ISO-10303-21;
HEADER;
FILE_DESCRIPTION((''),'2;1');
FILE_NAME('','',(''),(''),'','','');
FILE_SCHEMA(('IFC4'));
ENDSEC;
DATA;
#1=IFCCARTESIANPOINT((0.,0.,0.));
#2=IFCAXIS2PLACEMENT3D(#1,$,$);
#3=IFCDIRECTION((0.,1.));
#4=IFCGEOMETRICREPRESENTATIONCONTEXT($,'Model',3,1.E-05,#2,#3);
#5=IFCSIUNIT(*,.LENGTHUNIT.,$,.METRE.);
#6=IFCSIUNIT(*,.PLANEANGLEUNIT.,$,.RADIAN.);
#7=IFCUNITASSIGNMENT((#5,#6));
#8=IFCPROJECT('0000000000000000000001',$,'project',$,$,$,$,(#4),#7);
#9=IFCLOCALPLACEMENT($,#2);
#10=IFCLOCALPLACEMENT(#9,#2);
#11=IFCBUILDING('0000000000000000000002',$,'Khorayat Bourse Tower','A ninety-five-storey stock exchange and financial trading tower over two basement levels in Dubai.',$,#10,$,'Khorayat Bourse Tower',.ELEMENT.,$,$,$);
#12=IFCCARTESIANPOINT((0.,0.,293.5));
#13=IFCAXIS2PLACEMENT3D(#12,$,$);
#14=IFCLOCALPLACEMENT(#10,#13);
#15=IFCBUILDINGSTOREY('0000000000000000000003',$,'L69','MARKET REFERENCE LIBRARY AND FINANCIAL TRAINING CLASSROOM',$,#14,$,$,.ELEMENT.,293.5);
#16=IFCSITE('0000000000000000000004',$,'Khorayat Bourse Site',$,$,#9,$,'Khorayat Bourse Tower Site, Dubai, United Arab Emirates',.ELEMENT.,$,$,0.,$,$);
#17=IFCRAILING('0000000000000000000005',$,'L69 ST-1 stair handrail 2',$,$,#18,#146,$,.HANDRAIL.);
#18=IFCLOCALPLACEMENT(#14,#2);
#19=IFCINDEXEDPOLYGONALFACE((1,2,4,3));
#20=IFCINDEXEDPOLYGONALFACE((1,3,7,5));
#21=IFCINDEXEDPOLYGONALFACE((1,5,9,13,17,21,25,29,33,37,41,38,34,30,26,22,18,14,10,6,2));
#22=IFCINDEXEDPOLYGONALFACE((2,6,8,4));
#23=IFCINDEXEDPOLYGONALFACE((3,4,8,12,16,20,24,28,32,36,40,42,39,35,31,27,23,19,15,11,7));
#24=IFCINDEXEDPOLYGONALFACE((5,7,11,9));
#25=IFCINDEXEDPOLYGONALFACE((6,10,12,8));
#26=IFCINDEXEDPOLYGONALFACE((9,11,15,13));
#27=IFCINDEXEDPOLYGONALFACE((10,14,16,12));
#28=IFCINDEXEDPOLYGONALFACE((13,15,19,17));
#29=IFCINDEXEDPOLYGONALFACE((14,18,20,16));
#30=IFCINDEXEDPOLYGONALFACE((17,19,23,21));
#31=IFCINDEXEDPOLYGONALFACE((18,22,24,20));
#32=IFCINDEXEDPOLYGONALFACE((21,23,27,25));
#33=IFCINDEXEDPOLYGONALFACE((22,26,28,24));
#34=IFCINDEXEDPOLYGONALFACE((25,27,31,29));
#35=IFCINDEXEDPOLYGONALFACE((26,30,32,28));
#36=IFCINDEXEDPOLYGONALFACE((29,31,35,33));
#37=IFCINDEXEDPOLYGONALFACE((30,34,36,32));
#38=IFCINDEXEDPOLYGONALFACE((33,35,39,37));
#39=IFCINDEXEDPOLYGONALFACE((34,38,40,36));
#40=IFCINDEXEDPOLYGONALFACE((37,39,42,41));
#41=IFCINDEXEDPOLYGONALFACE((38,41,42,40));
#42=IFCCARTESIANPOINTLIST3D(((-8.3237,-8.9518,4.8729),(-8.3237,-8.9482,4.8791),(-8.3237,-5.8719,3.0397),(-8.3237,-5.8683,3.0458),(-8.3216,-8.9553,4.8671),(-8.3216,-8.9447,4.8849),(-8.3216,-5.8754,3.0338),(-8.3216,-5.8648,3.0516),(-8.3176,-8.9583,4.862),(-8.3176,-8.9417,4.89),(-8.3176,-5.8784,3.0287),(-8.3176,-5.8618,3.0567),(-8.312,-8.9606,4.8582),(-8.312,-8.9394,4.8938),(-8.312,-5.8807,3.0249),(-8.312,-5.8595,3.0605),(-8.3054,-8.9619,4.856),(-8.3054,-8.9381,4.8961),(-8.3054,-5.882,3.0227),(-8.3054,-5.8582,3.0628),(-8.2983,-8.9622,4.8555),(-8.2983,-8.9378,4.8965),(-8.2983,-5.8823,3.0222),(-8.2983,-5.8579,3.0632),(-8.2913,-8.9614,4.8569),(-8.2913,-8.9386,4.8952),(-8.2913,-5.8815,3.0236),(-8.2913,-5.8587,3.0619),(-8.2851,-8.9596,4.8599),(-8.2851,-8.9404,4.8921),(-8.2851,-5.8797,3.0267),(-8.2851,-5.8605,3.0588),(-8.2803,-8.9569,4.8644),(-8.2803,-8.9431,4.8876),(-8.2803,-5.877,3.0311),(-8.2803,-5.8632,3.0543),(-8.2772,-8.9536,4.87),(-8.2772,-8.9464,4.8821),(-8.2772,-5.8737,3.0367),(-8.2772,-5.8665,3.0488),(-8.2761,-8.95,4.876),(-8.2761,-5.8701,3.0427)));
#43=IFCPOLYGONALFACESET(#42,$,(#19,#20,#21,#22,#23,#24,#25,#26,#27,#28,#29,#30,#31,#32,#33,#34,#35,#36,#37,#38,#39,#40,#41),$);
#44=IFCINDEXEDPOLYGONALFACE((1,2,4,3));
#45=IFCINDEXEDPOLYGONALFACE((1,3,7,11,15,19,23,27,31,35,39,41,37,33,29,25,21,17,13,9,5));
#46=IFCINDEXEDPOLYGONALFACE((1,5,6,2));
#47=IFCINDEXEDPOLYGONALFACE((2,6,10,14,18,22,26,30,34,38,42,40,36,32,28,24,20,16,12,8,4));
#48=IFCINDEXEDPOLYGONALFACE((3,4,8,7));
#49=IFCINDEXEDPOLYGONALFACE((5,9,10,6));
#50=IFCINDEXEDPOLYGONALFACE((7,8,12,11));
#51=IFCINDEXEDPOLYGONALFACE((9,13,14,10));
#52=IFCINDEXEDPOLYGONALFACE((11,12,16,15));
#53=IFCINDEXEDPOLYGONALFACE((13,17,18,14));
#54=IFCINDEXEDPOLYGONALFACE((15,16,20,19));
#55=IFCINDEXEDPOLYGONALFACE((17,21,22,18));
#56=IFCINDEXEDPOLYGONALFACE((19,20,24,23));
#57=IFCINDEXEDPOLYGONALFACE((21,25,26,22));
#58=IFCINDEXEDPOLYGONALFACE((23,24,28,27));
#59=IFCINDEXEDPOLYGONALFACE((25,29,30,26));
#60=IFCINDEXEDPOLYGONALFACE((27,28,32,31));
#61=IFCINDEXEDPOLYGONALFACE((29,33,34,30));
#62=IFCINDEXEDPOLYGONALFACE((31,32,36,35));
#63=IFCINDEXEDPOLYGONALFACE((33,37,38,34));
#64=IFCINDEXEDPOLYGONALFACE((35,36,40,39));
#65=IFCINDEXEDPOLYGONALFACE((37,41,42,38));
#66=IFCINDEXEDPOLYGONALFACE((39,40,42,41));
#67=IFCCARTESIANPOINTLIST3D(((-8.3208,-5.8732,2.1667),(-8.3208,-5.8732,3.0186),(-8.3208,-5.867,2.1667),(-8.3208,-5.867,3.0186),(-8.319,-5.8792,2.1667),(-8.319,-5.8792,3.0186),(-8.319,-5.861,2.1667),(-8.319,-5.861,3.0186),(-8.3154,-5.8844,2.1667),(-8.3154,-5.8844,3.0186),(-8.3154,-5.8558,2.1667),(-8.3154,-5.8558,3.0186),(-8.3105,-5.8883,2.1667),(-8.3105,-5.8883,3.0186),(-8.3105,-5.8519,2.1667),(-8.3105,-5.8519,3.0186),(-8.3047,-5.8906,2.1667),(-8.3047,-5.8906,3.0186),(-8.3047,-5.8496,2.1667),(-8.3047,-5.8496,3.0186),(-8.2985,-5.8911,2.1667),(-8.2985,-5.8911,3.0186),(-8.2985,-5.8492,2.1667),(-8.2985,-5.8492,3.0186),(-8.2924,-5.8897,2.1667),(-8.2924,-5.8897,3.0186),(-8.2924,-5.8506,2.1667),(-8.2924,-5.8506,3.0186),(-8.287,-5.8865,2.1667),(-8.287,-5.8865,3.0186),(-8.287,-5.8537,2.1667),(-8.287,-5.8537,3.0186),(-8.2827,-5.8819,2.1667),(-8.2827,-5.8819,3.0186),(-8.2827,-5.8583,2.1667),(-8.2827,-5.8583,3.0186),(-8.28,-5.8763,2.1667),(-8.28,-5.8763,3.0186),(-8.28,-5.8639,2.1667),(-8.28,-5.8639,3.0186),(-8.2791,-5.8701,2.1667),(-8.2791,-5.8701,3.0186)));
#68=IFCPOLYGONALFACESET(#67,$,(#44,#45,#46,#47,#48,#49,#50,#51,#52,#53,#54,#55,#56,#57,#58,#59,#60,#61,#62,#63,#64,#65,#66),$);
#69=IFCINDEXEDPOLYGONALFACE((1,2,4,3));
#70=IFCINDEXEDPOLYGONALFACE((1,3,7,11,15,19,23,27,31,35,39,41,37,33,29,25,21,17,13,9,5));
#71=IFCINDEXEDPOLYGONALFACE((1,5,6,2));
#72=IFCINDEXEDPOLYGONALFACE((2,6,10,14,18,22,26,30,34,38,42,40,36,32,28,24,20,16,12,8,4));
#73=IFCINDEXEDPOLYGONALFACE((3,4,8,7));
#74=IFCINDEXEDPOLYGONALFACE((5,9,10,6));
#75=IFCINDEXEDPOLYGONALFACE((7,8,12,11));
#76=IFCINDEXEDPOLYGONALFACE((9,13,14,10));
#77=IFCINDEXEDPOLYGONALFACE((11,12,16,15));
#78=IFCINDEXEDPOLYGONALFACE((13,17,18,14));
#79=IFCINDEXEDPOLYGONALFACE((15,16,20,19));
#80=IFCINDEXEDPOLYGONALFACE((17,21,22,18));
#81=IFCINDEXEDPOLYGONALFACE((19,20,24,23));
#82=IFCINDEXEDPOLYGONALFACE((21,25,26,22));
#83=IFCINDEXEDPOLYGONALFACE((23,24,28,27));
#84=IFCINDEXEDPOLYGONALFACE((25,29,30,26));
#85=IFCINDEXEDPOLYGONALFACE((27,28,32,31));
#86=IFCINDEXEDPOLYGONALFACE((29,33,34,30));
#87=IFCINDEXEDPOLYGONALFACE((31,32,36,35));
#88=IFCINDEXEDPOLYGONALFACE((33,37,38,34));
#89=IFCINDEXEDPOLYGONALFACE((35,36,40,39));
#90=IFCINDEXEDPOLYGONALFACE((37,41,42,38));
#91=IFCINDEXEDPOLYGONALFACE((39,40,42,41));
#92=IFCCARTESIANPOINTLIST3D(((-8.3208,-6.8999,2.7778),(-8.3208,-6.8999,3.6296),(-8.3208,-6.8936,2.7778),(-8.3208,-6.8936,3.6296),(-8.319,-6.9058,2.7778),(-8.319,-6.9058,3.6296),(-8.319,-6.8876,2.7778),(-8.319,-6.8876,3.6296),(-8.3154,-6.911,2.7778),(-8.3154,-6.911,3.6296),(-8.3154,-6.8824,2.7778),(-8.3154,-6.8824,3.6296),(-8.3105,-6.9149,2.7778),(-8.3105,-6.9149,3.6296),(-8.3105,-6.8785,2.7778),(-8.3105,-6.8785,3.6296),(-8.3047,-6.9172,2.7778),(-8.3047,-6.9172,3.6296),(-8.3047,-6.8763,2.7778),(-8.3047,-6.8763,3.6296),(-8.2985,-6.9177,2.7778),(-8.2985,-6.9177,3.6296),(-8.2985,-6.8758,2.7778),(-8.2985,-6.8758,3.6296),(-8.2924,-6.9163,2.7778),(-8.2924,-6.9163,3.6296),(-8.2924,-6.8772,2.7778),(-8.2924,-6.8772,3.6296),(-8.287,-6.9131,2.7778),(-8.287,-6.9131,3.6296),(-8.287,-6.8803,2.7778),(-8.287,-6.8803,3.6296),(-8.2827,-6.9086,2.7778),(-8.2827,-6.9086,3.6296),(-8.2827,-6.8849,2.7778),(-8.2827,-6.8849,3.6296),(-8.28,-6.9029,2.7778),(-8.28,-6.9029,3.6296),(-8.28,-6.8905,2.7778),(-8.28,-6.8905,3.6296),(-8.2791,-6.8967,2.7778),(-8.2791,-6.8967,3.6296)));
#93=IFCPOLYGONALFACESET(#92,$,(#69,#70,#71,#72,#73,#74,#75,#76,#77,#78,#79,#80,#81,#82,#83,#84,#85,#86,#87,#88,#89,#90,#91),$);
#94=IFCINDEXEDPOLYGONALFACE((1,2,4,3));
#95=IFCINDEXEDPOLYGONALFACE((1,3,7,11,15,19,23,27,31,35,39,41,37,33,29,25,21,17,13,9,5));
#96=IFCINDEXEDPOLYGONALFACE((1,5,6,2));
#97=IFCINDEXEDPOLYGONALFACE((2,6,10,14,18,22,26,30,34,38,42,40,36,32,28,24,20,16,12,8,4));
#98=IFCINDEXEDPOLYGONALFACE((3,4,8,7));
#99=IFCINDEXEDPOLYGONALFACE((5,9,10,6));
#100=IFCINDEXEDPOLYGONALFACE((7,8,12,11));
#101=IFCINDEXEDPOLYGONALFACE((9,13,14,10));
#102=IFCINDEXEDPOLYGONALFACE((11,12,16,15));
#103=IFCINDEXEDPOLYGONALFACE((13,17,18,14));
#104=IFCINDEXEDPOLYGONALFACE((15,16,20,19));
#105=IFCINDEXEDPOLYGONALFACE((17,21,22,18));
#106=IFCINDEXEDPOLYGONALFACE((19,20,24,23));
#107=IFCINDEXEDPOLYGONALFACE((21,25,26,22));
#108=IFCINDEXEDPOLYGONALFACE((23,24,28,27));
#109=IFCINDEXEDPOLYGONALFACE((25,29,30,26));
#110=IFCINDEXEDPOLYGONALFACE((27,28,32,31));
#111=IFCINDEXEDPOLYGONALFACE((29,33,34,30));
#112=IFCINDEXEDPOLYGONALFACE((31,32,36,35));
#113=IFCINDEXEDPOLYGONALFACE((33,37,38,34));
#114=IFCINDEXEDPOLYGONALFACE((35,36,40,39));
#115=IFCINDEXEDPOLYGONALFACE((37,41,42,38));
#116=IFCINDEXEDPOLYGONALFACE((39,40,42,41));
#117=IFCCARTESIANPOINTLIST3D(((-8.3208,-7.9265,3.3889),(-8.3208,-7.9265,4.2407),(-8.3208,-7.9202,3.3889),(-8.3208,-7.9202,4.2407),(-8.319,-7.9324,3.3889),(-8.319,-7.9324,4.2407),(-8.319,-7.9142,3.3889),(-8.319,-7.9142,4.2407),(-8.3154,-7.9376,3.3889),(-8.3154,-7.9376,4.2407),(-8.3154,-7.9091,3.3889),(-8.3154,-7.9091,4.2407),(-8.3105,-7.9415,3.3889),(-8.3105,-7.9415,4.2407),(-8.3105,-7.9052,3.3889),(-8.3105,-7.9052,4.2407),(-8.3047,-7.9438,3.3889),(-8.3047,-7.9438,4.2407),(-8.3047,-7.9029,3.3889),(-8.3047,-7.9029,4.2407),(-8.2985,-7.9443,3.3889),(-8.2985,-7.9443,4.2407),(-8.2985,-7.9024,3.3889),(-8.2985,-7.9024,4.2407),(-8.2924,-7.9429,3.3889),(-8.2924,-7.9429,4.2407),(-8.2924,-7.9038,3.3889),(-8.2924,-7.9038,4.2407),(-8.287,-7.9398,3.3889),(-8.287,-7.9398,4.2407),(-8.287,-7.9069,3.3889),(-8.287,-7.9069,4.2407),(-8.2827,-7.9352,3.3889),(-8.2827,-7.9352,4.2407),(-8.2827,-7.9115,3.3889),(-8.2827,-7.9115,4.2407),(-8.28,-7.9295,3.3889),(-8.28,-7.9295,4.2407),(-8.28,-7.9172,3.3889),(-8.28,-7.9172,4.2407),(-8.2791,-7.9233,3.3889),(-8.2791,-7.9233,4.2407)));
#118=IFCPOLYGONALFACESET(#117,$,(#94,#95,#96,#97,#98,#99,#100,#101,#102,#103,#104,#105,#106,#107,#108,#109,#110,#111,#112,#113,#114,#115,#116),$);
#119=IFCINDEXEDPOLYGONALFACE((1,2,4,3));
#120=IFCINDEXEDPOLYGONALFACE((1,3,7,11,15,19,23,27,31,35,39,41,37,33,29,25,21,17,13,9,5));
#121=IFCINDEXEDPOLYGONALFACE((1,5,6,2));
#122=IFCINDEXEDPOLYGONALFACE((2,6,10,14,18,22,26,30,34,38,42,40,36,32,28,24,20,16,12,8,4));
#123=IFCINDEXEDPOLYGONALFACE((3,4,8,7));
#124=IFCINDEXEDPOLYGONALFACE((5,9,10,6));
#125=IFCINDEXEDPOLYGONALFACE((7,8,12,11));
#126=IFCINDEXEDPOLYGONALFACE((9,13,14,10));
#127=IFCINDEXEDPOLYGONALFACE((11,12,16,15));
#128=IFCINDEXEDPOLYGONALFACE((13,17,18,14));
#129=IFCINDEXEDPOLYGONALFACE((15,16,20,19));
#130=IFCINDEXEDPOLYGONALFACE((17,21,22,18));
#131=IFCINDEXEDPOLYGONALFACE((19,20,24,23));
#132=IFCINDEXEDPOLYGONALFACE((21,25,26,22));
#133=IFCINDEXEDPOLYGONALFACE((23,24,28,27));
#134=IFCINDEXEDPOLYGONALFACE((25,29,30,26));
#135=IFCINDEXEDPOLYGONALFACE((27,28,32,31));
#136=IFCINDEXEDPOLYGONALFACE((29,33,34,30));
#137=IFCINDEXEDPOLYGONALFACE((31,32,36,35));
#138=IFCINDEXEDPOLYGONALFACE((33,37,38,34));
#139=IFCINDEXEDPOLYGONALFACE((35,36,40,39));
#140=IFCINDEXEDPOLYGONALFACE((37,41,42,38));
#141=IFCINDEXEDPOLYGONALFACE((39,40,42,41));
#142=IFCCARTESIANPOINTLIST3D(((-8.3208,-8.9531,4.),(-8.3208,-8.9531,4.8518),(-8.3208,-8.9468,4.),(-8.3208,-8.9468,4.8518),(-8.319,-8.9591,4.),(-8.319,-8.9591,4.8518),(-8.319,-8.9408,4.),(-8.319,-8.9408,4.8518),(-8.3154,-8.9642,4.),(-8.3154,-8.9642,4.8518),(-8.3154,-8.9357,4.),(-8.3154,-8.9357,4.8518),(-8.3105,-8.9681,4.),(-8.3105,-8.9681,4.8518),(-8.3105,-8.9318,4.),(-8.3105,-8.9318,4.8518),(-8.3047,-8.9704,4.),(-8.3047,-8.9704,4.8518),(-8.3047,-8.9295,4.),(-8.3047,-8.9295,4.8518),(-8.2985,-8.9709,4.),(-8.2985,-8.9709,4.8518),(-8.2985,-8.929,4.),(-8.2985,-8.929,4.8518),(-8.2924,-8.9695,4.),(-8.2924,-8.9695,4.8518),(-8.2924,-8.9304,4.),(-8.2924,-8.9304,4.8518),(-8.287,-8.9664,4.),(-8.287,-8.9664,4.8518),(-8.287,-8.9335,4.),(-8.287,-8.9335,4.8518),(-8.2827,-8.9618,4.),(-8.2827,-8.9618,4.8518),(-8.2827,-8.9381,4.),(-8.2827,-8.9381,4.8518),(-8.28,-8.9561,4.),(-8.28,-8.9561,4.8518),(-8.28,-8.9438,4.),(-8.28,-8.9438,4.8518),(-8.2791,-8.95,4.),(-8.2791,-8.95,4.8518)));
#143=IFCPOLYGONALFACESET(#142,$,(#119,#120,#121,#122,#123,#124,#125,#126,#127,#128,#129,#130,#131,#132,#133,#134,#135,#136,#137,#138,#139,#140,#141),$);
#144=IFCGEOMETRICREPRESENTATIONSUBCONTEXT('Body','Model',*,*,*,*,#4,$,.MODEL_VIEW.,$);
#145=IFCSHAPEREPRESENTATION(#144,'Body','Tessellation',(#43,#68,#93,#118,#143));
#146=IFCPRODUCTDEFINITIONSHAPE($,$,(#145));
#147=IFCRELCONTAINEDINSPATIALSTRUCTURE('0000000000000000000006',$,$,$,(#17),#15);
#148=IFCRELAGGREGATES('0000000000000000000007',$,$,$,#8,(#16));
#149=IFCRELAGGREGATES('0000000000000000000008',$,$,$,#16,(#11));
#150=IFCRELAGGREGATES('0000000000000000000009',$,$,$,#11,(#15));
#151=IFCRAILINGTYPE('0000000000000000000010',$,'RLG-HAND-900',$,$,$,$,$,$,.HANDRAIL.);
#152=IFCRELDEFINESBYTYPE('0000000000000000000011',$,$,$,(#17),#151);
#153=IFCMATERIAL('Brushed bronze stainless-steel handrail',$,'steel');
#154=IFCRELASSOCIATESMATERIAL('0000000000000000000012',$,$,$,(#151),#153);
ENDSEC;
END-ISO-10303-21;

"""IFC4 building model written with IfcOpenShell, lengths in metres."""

from ifc_helpers import new_model, si_unit, direction, frame, origin, origin_2d, place, context, subcontext, project, spatial, circle, extrude, source, transform, mapped, material, type_object, element, save


model = new_model("IFC4")

# Units and contexts
model_context = context("Model", 3, precision=1e-05, world=origin(), true_north=direction((0.0, 1.0)))
body_context = subcontext(model_context, "Body", "Model", "MODEL_VIEW")
ifc_project = project(units=[si_unit("LENGTHUNIT", "METRE"), si_unit("PLANEANGLEUNIT", "RADIAN")], contexts=[model_context])

# Site, building, storey
site_placement = place(None, origin())
site = spatial("IfcSite", under=ifc_project, at=site_placement, Name="Khorayat Bourse Site", LongName="Khorayat Bourse Tower Site, Dubai, United Arab Emirates", CompositionType="ELEMENT", RefElevation=0.0)
building_placement = place(site_placement, origin())
building = spatial("IfcBuilding", under=site, at=building_placement, Name="Khorayat Bourse Tower", Description="A ninety-five-storey stock exchange and financial trading tower over two basement levels in Dubai.", LongName="Khorayat Bourse Tower", CompositionType="ELEMENT")
storey_placement = place(building_placement, frame((0.0, 0.0, 293.5)))
storey = spatial("IfcBuildingStorey", under=building, at=storey_placement, Name="L69", Description="MARKET REFERENCE LIBRARY AND FINANCIAL TRAINING CLASSROOM", CompositionType="ELEMENT", Elevation=293.5)

# Railing
ifc_material_1 = material(Name="Brushed bronze stainless-steel handrail", Category="steel")
railing_type_1 = type_object("IfcRailingType", Name="RLG-HAND-900", PredefinedType="HANDRAIL", material=ifc_material_1)
shared_shape_1 = source(origin(), body_context, "Body", "SweptSolid", [
    extrude(circle(Radius=0.0239, at=origin_2d()), frame((0.0, 0.0, 0.876), z_axis=(0.0, -0.859291, 0.511487), x_axis=(1.0, 0.0, 0.0)), (0.0, 0.0, 1.0), 3.5842),
    extrude(circle(Radius=0.021, at=origin_2d()), origin(), (0.0, 0.0, 1.0), 0.8518),
    extrude(circle(Radius=0.021, at=origin_2d()), frame((0.0, -1.0266, 0.6111)), (0.0, 0.0, 1.0), 0.8518),
    extrude(circle(Radius=0.021, at=origin_2d()), frame((0.0, -2.0532, 1.2222)), (0.0, 0.0, 1.0), 0.8518),
    extrude(circle(Radius=0.021, at=origin_2d()), frame((0.0, -3.0798, 1.8333)), (0.0, 0.0, 1.0), 0.8518),
])
railing_1_placement = place(storey_placement, frame((-8.3, -5.8701, 2.1667)))
element("IfcRailing", 1, at=railing_1_placement, inside=storey, type_object=railing_type_1, Name="L69 ST-1 stair handrail 2", PredefinedType="HANDRAIL", context=body_context, shape_type="MappedRepresentation", body=[
    mapped(shared_shape_1, transform((0.0, 0.0, 0.0), scale=1.0)),
])

save(model, "model.ifc")
